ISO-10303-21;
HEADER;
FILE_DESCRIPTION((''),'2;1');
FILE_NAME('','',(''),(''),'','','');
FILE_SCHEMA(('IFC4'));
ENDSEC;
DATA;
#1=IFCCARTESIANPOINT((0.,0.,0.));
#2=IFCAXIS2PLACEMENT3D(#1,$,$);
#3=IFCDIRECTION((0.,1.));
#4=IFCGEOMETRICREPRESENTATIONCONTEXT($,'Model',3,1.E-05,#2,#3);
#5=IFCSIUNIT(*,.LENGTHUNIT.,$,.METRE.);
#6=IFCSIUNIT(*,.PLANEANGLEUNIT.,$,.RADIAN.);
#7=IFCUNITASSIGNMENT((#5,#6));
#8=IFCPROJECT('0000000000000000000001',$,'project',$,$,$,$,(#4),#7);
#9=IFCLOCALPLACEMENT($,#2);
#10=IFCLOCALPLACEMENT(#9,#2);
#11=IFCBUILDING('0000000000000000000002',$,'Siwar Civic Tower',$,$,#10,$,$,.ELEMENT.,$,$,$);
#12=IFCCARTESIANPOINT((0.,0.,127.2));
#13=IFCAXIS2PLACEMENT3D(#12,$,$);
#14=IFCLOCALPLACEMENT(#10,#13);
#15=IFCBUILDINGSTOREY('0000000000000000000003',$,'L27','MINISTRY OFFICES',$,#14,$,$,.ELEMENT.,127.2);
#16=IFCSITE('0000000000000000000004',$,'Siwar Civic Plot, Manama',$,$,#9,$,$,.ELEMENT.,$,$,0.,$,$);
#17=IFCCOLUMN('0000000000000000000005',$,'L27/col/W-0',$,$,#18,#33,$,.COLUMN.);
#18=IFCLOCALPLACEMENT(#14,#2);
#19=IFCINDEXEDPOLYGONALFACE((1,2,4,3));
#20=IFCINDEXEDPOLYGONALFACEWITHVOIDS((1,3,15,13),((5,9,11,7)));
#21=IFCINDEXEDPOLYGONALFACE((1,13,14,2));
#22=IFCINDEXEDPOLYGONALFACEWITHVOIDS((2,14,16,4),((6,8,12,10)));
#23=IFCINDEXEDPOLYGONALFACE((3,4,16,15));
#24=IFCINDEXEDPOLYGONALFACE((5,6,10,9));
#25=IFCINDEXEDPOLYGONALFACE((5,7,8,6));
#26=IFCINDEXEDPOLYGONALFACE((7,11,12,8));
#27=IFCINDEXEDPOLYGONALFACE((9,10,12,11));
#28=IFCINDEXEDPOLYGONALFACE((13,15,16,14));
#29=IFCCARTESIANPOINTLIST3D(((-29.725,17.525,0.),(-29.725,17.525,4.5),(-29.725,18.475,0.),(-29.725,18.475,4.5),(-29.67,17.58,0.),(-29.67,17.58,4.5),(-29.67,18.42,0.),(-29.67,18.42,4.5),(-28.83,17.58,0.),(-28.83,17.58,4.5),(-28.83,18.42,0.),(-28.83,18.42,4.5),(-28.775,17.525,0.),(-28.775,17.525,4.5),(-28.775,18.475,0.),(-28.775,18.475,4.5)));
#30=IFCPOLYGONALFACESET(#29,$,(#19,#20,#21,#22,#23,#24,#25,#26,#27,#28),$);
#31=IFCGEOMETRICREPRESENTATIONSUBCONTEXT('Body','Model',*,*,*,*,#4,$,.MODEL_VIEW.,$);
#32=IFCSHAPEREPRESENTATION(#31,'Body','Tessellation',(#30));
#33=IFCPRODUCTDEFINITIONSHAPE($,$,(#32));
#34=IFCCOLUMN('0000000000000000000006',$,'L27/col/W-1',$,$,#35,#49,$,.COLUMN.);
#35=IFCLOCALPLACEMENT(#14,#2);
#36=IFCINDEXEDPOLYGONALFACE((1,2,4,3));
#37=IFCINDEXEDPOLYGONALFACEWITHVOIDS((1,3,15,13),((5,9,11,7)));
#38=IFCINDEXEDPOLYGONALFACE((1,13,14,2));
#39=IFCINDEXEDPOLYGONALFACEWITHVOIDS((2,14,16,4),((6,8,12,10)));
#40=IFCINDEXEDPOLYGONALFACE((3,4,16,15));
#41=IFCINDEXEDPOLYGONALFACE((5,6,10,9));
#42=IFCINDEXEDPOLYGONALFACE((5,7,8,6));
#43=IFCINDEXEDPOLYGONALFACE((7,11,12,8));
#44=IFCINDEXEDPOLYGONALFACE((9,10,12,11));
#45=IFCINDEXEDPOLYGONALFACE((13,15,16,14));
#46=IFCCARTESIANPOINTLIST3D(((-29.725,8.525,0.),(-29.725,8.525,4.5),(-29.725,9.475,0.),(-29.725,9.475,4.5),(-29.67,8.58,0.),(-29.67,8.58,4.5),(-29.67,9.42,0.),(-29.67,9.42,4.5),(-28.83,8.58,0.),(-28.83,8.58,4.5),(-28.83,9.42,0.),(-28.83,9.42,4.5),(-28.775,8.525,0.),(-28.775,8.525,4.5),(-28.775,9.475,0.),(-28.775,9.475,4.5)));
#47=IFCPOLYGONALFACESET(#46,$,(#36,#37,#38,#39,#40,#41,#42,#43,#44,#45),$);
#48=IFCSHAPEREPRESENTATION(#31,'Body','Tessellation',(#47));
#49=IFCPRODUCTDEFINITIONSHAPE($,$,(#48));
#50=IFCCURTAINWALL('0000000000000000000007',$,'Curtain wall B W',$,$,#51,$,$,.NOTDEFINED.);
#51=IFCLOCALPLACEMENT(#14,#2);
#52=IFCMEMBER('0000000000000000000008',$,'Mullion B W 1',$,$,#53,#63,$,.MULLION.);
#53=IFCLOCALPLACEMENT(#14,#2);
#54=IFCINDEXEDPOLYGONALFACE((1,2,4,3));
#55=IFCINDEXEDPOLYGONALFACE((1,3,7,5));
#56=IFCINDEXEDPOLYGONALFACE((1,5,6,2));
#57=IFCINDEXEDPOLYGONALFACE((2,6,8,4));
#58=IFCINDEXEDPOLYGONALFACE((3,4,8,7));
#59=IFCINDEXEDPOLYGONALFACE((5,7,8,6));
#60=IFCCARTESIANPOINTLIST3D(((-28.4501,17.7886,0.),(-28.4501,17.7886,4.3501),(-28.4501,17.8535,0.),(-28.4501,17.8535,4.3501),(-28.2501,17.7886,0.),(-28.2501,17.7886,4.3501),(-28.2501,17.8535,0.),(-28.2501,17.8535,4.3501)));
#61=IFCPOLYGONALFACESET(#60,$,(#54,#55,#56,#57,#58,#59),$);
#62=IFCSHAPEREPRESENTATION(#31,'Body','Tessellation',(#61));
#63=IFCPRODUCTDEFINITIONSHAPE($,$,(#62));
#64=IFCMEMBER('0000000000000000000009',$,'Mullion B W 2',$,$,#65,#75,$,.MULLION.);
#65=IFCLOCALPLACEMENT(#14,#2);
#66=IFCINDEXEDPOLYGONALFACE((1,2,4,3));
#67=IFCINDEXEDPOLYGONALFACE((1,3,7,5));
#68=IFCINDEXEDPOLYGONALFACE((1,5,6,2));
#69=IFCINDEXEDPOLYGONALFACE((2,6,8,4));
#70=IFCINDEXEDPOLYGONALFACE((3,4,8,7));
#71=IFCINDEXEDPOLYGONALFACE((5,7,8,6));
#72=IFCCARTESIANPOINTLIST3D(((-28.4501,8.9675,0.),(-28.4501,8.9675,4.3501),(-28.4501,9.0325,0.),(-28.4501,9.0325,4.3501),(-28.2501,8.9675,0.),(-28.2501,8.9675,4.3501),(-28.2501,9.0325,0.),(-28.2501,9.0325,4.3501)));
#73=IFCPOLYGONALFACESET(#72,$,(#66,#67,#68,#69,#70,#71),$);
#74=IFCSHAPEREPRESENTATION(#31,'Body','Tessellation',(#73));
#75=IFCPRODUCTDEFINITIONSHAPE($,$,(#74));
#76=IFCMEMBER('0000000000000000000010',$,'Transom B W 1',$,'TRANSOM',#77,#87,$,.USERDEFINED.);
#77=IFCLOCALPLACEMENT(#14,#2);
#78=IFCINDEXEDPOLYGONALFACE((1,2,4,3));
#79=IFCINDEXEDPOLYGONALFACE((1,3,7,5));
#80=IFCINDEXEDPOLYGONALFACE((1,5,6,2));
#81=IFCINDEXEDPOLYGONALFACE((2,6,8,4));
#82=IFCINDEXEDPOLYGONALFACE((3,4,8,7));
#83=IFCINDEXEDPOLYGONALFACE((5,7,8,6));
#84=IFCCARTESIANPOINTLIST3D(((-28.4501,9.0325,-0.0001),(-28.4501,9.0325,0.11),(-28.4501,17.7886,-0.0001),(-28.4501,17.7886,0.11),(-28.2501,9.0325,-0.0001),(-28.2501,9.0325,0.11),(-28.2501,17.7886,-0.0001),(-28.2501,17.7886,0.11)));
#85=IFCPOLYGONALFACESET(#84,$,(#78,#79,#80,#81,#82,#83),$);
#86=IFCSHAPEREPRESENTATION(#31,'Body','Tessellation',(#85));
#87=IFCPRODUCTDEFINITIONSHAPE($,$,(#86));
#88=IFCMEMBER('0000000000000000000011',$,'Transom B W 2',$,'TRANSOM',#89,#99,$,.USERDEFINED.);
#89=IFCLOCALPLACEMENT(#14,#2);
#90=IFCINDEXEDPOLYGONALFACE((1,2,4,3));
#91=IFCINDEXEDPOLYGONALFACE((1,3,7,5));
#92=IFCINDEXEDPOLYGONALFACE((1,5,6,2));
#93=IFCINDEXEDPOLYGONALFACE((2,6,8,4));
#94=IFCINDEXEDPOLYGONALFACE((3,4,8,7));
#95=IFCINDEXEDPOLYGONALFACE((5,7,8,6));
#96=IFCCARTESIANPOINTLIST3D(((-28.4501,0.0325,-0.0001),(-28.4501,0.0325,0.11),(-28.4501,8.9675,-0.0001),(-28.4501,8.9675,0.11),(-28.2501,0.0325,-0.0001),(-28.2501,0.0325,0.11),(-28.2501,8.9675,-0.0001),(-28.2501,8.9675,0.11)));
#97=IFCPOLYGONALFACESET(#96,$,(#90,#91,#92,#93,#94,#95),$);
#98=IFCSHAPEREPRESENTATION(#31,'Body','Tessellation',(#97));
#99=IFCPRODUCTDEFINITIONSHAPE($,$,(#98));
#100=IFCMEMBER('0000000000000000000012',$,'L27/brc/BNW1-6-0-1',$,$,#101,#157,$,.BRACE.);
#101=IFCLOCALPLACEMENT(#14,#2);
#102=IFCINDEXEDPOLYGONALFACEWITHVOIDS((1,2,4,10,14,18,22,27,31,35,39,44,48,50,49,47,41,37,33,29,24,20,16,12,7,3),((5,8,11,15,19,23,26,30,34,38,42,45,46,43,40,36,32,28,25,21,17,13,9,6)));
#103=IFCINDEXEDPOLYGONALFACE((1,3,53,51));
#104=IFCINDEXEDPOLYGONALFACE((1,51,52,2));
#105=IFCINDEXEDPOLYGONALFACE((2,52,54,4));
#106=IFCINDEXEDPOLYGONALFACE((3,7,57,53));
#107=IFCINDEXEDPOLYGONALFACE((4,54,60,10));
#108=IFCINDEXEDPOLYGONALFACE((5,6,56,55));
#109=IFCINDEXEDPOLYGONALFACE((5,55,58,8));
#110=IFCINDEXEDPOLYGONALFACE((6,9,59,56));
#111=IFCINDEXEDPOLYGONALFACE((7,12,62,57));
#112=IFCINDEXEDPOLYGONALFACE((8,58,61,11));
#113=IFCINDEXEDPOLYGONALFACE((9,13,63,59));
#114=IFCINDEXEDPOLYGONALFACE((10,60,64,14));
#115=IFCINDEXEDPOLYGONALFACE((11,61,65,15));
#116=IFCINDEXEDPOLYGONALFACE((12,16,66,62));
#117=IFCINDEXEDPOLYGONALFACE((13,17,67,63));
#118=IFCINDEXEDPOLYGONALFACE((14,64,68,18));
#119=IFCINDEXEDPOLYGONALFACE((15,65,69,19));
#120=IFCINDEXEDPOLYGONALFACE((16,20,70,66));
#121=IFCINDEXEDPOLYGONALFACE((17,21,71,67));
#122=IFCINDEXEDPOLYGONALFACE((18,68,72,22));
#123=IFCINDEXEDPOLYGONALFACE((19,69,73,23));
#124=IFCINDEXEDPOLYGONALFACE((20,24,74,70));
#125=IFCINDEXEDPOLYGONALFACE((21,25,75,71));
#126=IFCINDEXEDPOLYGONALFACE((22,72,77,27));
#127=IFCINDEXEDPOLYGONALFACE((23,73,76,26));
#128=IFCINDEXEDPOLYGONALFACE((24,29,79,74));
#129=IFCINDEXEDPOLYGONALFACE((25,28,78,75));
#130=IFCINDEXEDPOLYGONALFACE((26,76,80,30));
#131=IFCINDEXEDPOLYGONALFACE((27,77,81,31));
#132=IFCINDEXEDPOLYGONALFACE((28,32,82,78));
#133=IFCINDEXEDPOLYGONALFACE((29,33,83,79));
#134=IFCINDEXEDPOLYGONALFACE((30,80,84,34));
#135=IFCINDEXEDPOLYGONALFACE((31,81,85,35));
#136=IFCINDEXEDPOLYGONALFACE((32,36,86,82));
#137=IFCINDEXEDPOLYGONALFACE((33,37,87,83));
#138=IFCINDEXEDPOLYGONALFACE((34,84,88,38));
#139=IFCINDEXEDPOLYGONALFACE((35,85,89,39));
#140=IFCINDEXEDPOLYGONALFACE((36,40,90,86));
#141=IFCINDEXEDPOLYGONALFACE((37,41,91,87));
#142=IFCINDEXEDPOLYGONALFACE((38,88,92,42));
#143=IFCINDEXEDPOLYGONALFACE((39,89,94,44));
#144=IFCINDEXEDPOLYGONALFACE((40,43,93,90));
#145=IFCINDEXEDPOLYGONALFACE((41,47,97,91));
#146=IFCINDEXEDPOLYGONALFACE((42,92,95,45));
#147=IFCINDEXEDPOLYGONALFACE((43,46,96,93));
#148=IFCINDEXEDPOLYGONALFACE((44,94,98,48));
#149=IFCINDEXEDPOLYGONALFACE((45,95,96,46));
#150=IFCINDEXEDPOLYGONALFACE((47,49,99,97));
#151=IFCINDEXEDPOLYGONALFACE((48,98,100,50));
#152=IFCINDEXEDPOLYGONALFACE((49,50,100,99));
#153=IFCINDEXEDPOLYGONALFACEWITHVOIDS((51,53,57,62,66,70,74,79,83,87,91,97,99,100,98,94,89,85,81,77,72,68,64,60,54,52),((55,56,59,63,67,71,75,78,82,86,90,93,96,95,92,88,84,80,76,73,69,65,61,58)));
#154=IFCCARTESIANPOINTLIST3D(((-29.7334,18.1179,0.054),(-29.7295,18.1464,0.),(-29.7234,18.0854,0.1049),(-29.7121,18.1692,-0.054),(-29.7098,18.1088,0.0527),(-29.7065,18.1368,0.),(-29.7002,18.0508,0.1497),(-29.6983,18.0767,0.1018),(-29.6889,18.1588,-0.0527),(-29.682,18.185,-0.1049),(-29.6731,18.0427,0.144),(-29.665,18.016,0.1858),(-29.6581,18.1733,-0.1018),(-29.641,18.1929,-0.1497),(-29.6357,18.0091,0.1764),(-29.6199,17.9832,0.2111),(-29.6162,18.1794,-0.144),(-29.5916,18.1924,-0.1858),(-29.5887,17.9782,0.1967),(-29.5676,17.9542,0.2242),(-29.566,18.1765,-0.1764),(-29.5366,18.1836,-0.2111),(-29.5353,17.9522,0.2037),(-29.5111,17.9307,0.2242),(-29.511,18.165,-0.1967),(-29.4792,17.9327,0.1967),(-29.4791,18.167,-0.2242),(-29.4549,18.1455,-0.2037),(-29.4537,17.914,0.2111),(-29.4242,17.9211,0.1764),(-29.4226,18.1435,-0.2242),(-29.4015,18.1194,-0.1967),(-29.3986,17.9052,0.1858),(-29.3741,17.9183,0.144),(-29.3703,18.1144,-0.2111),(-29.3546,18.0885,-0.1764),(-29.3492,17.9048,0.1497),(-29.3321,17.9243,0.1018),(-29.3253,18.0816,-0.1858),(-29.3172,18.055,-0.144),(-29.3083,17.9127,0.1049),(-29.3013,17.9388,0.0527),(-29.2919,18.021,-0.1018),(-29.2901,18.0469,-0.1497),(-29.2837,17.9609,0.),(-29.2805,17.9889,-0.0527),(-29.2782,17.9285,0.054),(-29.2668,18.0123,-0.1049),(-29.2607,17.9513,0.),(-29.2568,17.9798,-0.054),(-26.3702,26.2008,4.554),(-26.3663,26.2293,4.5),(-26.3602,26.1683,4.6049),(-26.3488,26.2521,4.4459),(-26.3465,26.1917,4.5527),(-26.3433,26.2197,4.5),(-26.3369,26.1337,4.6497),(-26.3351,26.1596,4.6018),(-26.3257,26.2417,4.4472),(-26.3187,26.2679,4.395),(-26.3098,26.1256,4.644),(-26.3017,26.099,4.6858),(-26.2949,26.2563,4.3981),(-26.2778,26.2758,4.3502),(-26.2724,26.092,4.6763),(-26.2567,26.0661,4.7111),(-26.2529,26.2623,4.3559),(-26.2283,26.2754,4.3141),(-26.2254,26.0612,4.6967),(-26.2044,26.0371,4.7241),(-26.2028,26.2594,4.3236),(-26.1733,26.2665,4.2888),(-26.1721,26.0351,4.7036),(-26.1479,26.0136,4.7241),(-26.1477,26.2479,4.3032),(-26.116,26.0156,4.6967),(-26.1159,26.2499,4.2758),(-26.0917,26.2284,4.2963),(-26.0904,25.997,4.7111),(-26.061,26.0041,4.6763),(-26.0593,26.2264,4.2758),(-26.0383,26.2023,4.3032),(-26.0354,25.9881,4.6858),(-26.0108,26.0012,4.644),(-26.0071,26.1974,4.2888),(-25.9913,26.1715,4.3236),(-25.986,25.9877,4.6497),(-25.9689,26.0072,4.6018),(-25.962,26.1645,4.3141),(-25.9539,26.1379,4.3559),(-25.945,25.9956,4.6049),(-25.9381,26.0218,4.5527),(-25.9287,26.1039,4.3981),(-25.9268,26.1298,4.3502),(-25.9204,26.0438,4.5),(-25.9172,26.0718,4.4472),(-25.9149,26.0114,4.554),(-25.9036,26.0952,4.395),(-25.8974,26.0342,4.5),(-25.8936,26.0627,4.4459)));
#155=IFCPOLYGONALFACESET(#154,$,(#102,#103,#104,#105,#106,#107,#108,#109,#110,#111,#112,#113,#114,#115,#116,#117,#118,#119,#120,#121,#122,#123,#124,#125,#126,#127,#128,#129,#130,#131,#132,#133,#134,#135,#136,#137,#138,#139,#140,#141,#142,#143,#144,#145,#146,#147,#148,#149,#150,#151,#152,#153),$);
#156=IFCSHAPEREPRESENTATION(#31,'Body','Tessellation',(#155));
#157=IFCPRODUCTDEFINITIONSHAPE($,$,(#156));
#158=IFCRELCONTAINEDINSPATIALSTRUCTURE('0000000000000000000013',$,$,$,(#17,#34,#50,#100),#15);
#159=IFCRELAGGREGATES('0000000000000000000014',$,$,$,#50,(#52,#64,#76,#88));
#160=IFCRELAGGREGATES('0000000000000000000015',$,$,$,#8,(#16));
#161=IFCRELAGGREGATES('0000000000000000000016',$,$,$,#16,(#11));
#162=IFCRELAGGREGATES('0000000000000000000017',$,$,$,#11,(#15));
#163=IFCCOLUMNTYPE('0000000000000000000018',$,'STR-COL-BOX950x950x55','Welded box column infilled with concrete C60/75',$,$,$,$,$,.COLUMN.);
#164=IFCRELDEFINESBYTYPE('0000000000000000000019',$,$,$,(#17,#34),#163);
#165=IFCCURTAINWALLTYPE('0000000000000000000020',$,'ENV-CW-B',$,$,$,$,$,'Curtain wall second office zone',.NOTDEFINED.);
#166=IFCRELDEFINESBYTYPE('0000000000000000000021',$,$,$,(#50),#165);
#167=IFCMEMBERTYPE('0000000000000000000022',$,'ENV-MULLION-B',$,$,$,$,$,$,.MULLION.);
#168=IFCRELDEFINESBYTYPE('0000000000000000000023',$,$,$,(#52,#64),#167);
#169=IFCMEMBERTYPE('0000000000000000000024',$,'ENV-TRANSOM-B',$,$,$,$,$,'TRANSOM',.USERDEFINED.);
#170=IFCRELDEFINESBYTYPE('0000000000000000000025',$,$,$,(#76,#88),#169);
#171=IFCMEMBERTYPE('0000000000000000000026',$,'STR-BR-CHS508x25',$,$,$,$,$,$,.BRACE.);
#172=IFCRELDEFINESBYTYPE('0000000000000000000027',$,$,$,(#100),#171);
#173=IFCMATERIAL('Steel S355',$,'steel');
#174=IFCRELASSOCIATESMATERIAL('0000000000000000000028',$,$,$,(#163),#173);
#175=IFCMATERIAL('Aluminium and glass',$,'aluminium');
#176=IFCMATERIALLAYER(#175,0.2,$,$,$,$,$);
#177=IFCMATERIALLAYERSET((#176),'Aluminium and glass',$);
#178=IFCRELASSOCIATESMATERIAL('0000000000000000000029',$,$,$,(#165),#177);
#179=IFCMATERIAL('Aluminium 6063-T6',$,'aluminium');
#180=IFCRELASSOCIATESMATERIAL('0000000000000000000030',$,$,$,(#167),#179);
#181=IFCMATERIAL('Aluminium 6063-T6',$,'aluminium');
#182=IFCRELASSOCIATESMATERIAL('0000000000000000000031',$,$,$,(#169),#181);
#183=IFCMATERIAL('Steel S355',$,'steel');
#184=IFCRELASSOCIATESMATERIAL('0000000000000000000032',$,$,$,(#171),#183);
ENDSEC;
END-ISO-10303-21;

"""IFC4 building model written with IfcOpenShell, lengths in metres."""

from ifc_helpers import new_model, si_unit, direction, frame, origin, origin_2d, place, context, subcontext, project, spatial, rectangle, hollow_rectangle, hollow_circle, extrude, material, layer, layer_set, material_profile, profile_set, type_object, element, aggregate, save


model = new_model("IFC4")

# Units and contexts
model_context = context("Model", 3, precision=1e-05, world=origin(), true_north=direction((0.0, 1.0)))
body_context = subcontext(model_context, "Body", "Model", "MODEL_VIEW")
ifc_project = project(units=[si_unit("LENGTHUNIT", "METRE"), si_unit("PLANEANGLEUNIT", "RADIAN")], contexts=[model_context])

# Site, building, storey
site_placement = place(None, origin())
site = spatial("IfcSite", under=ifc_project, at=site_placement, Name="Siwar Civic Plot, Manama", CompositionType="ELEMENT", RefElevation=0.0)
building_placement = place(site_placement, origin())
building = spatial("IfcBuilding", under=site, at=building_placement, Name="Siwar Civic Tower", CompositionType="ELEMENT")
storey_placement = place(building_placement, frame((0.0, 0.0, 127.2)))
storey = spatial("IfcBuildingStorey", under=building, at=storey_placement, Name="L27", Description="MINISTRY OFFICES", CompositionType="ELEMENT", Elevation=127.2)

# Columns
ifc_material_1 = material(Name="Steel S355", Category="steel")
ifc_material_profile_1 = material_profile(ifc_material_1, hollow_rectangle(XDim=0.95, YDim=0.95, WallThickness=0.0549, at=origin_2d()), Name="BOX950x950x55")
ifc_profile_set_1 = profile_set([ifc_material_profile_1], Name="Steel S355")
column_type = type_object("IfcColumnType", Name="STR-COL-BOX950x950x55", Description="Welded box column infilled with concrete C60/75", PredefinedType="COLUMN", material=ifc_profile_set_1)
for number, where, z_axis, x_axis, name in (
    (1, (-29.25, 18.0, 0.0), (0.0, 0.0, 1.0), (1.0, 0.0, 0.0), "L27/col/W-0"),
    (2, (-29.25, 9.0, 0.0), (0.0, 0.0, 1.0), (1.0, 0.0, 0.0), "L27/col/W-1"),
):
    element("IfcColumn", number, at=place(storey_placement, frame(where, z_axis=z_axis, x_axis=x_axis)), inside=storey, type_object=column_type, Name=name, PredefinedType="COLUMN", context=body_context, shape_type="SweptSolid", body=[
        extrude(hollow_rectangle(XDim=0.95, YDim=0.95, WallThickness=0.0549, at=origin_2d()), origin(), (0.0, 0.0, 1.0), 4.5),
    ])

# Curtain wall, members
ifc_material_2 = material(Name="Aluminium and glass", Category="aluminium")
ifc_layer_1 = layer(ifc_material_2, 0.2)
ifc_layer_set_1 = layer_set([ifc_layer_1], Name="Aluminium and glass")
curtain_wall_type = type_object("IfcCurtainWallType", Name="ENV-CW-B", ElementType="Curtain wall second office zone", PredefinedType="NOTDEFINED", material=ifc_layer_set_1)
curtain_wall_placement = place(storey_placement, origin())
curtain_wall = element("IfcCurtainWall", 3, at=curtain_wall_placement, inside=storey, type_object=curtain_wall_type, Name="Curtain wall B W", PredefinedType="NOTDEFINED")
ifc_material_3 = material(Name="Aluminium 6063-T6", Category="aluminium")
ifc_material_profile_2 = material_profile(ifc_material_3, rectangle(XDim=0.2, YDim=0.0649, at=origin_2d()), Name="AL 200x65")
ifc_profile_set_2 = profile_set([ifc_material_profile_2], Name="Aluminium 6063-T6")
member_type_1 = type_object("IfcMemberType", Name="ENV-MULLION-B", PredefinedType="MULLION", material=ifc_profile_set_2)
member_1_placement = place(storey_placement, frame((-28.3501, 17.821, 0.0), z_axis=(0.0, 0.0, 1.0), x_axis=(1.0, 0.0, 0.0)))
member_1 = element("IfcMember", 4, at=member_1_placement, type_object=member_type_1, Name="Mullion B W 1", PredefinedType="MULLION", context=body_context, shape_type="SweptSolid", body=[
    extrude(rectangle(XDim=0.2, YDim=0.0649, at=origin_2d()), origin(), (0.0, 0.0, 1.0), 4.3501),
])
member_2_placement = place(storey_placement, frame((-28.3501, 9.0, 0.0), z_axis=(0.0, 0.0, 1.0), x_axis=(1.0, 0.0, 0.0)))
member_2 = element("IfcMember", 5, at=member_2_placement, type_object=member_type_1, Name="Mullion B W 2", PredefinedType="MULLION", context=body_context, shape_type="SweptSolid", body=[
    extrude(rectangle(XDim=0.2, YDim=0.0649, at=origin_2d()), origin(), (0.0, 0.0, 1.0), 4.3501),
])
ifc_material_4 = material(Name="Aluminium 6063-T6", Category="aluminium")
ifc_material_profile_3 = material_profile(ifc_material_4, rectangle(XDim=0.2, YDim=0.1101, at=origin_2d()), Name="AL 200x110")
ifc_profile_set_3 = profile_set([ifc_material_profile_3], Name="Aluminium 6063-T6")
member_type_2 = type_object("IfcMemberType", Name="ENV-TRANSOM-B", ElementType="TRANSOM", PredefinedType="USERDEFINED", material=ifc_profile_set_3)
member_3_placement = place(storey_placement, frame((-28.3501, 17.7886, 0.0549), z_axis=(0.0, -1.0, 0.0), x_axis=(1.0, 0.0, 0.0)))
member_3 = element("IfcMember", 6, at=member_3_placement, type_object=member_type_2, Name="Transom B W 1", ObjectType="TRANSOM", PredefinedType="USERDEFINED", context=body_context, shape_type="SweptSolid", body=[
    extrude(rectangle(XDim=0.2, YDim=0.1101, at=origin_2d()), origin(), (0.0, 0.0, 1.0), 8.7561),
])
member_4_placement = place(storey_placement, frame((-28.3501, 8.9675, 0.0549), z_axis=(0.0, -1.0, 0.0), x_axis=(1.0, 0.0, 0.0)))
member_4 = element("IfcMember", 7, at=member_4_placement, type_object=member_type_2, Name="Transom B W 2", ObjectType="TRANSOM", PredefinedType="USERDEFINED", context=body_context, shape_type="SweptSolid", body=[
    extrude(rectangle(XDim=0.2, YDim=0.1101, at=origin_2d()), origin(), (0.0, 0.0, 1.0), 8.9351),
])

# Member
ifc_material_5 = material(Name="Steel S355", Category="steel")
ifc_material_profile_4 = material_profile(ifc_material_5, hollow_circle(Radius=0.2539, WallThickness=0.0249, at=origin_2d()), Name="CHS508x25")
ifc_profile_set_4 = profile_set([ifc_material_profile_4], Name="Steel S355")
member_type_3 = type_object("IfcMemberType", Name="STR-BR-CHS508x25", PredefinedType="BRACE", material=ifc_profile_set_4)
member_5_placement = place(storey_placement, frame((-29.4951, 18.0488, 0.0), z_axis=(0.341671, 0.821143, 0.457149), x_axis=(-0.923265, 0.384164, 0.0)))
element("IfcMember", 8, at=member_5_placement, inside=storey, type_object=member_type_3, Name="L27/brc/BNW1-6-0-1", PredefinedType="BRACE", context=body_context, shape_type="SweptSolid", body=[
    extrude(hollow_circle(Radius=0.2539, WallThickness=0.0249, at=origin_2d()), origin(), (0.0, 0.0, 1.0), 9.8435),
])

aggregate(curtain_wall, [member_1, member_2, member_3, member_4])

save(model, "model.ifc")
